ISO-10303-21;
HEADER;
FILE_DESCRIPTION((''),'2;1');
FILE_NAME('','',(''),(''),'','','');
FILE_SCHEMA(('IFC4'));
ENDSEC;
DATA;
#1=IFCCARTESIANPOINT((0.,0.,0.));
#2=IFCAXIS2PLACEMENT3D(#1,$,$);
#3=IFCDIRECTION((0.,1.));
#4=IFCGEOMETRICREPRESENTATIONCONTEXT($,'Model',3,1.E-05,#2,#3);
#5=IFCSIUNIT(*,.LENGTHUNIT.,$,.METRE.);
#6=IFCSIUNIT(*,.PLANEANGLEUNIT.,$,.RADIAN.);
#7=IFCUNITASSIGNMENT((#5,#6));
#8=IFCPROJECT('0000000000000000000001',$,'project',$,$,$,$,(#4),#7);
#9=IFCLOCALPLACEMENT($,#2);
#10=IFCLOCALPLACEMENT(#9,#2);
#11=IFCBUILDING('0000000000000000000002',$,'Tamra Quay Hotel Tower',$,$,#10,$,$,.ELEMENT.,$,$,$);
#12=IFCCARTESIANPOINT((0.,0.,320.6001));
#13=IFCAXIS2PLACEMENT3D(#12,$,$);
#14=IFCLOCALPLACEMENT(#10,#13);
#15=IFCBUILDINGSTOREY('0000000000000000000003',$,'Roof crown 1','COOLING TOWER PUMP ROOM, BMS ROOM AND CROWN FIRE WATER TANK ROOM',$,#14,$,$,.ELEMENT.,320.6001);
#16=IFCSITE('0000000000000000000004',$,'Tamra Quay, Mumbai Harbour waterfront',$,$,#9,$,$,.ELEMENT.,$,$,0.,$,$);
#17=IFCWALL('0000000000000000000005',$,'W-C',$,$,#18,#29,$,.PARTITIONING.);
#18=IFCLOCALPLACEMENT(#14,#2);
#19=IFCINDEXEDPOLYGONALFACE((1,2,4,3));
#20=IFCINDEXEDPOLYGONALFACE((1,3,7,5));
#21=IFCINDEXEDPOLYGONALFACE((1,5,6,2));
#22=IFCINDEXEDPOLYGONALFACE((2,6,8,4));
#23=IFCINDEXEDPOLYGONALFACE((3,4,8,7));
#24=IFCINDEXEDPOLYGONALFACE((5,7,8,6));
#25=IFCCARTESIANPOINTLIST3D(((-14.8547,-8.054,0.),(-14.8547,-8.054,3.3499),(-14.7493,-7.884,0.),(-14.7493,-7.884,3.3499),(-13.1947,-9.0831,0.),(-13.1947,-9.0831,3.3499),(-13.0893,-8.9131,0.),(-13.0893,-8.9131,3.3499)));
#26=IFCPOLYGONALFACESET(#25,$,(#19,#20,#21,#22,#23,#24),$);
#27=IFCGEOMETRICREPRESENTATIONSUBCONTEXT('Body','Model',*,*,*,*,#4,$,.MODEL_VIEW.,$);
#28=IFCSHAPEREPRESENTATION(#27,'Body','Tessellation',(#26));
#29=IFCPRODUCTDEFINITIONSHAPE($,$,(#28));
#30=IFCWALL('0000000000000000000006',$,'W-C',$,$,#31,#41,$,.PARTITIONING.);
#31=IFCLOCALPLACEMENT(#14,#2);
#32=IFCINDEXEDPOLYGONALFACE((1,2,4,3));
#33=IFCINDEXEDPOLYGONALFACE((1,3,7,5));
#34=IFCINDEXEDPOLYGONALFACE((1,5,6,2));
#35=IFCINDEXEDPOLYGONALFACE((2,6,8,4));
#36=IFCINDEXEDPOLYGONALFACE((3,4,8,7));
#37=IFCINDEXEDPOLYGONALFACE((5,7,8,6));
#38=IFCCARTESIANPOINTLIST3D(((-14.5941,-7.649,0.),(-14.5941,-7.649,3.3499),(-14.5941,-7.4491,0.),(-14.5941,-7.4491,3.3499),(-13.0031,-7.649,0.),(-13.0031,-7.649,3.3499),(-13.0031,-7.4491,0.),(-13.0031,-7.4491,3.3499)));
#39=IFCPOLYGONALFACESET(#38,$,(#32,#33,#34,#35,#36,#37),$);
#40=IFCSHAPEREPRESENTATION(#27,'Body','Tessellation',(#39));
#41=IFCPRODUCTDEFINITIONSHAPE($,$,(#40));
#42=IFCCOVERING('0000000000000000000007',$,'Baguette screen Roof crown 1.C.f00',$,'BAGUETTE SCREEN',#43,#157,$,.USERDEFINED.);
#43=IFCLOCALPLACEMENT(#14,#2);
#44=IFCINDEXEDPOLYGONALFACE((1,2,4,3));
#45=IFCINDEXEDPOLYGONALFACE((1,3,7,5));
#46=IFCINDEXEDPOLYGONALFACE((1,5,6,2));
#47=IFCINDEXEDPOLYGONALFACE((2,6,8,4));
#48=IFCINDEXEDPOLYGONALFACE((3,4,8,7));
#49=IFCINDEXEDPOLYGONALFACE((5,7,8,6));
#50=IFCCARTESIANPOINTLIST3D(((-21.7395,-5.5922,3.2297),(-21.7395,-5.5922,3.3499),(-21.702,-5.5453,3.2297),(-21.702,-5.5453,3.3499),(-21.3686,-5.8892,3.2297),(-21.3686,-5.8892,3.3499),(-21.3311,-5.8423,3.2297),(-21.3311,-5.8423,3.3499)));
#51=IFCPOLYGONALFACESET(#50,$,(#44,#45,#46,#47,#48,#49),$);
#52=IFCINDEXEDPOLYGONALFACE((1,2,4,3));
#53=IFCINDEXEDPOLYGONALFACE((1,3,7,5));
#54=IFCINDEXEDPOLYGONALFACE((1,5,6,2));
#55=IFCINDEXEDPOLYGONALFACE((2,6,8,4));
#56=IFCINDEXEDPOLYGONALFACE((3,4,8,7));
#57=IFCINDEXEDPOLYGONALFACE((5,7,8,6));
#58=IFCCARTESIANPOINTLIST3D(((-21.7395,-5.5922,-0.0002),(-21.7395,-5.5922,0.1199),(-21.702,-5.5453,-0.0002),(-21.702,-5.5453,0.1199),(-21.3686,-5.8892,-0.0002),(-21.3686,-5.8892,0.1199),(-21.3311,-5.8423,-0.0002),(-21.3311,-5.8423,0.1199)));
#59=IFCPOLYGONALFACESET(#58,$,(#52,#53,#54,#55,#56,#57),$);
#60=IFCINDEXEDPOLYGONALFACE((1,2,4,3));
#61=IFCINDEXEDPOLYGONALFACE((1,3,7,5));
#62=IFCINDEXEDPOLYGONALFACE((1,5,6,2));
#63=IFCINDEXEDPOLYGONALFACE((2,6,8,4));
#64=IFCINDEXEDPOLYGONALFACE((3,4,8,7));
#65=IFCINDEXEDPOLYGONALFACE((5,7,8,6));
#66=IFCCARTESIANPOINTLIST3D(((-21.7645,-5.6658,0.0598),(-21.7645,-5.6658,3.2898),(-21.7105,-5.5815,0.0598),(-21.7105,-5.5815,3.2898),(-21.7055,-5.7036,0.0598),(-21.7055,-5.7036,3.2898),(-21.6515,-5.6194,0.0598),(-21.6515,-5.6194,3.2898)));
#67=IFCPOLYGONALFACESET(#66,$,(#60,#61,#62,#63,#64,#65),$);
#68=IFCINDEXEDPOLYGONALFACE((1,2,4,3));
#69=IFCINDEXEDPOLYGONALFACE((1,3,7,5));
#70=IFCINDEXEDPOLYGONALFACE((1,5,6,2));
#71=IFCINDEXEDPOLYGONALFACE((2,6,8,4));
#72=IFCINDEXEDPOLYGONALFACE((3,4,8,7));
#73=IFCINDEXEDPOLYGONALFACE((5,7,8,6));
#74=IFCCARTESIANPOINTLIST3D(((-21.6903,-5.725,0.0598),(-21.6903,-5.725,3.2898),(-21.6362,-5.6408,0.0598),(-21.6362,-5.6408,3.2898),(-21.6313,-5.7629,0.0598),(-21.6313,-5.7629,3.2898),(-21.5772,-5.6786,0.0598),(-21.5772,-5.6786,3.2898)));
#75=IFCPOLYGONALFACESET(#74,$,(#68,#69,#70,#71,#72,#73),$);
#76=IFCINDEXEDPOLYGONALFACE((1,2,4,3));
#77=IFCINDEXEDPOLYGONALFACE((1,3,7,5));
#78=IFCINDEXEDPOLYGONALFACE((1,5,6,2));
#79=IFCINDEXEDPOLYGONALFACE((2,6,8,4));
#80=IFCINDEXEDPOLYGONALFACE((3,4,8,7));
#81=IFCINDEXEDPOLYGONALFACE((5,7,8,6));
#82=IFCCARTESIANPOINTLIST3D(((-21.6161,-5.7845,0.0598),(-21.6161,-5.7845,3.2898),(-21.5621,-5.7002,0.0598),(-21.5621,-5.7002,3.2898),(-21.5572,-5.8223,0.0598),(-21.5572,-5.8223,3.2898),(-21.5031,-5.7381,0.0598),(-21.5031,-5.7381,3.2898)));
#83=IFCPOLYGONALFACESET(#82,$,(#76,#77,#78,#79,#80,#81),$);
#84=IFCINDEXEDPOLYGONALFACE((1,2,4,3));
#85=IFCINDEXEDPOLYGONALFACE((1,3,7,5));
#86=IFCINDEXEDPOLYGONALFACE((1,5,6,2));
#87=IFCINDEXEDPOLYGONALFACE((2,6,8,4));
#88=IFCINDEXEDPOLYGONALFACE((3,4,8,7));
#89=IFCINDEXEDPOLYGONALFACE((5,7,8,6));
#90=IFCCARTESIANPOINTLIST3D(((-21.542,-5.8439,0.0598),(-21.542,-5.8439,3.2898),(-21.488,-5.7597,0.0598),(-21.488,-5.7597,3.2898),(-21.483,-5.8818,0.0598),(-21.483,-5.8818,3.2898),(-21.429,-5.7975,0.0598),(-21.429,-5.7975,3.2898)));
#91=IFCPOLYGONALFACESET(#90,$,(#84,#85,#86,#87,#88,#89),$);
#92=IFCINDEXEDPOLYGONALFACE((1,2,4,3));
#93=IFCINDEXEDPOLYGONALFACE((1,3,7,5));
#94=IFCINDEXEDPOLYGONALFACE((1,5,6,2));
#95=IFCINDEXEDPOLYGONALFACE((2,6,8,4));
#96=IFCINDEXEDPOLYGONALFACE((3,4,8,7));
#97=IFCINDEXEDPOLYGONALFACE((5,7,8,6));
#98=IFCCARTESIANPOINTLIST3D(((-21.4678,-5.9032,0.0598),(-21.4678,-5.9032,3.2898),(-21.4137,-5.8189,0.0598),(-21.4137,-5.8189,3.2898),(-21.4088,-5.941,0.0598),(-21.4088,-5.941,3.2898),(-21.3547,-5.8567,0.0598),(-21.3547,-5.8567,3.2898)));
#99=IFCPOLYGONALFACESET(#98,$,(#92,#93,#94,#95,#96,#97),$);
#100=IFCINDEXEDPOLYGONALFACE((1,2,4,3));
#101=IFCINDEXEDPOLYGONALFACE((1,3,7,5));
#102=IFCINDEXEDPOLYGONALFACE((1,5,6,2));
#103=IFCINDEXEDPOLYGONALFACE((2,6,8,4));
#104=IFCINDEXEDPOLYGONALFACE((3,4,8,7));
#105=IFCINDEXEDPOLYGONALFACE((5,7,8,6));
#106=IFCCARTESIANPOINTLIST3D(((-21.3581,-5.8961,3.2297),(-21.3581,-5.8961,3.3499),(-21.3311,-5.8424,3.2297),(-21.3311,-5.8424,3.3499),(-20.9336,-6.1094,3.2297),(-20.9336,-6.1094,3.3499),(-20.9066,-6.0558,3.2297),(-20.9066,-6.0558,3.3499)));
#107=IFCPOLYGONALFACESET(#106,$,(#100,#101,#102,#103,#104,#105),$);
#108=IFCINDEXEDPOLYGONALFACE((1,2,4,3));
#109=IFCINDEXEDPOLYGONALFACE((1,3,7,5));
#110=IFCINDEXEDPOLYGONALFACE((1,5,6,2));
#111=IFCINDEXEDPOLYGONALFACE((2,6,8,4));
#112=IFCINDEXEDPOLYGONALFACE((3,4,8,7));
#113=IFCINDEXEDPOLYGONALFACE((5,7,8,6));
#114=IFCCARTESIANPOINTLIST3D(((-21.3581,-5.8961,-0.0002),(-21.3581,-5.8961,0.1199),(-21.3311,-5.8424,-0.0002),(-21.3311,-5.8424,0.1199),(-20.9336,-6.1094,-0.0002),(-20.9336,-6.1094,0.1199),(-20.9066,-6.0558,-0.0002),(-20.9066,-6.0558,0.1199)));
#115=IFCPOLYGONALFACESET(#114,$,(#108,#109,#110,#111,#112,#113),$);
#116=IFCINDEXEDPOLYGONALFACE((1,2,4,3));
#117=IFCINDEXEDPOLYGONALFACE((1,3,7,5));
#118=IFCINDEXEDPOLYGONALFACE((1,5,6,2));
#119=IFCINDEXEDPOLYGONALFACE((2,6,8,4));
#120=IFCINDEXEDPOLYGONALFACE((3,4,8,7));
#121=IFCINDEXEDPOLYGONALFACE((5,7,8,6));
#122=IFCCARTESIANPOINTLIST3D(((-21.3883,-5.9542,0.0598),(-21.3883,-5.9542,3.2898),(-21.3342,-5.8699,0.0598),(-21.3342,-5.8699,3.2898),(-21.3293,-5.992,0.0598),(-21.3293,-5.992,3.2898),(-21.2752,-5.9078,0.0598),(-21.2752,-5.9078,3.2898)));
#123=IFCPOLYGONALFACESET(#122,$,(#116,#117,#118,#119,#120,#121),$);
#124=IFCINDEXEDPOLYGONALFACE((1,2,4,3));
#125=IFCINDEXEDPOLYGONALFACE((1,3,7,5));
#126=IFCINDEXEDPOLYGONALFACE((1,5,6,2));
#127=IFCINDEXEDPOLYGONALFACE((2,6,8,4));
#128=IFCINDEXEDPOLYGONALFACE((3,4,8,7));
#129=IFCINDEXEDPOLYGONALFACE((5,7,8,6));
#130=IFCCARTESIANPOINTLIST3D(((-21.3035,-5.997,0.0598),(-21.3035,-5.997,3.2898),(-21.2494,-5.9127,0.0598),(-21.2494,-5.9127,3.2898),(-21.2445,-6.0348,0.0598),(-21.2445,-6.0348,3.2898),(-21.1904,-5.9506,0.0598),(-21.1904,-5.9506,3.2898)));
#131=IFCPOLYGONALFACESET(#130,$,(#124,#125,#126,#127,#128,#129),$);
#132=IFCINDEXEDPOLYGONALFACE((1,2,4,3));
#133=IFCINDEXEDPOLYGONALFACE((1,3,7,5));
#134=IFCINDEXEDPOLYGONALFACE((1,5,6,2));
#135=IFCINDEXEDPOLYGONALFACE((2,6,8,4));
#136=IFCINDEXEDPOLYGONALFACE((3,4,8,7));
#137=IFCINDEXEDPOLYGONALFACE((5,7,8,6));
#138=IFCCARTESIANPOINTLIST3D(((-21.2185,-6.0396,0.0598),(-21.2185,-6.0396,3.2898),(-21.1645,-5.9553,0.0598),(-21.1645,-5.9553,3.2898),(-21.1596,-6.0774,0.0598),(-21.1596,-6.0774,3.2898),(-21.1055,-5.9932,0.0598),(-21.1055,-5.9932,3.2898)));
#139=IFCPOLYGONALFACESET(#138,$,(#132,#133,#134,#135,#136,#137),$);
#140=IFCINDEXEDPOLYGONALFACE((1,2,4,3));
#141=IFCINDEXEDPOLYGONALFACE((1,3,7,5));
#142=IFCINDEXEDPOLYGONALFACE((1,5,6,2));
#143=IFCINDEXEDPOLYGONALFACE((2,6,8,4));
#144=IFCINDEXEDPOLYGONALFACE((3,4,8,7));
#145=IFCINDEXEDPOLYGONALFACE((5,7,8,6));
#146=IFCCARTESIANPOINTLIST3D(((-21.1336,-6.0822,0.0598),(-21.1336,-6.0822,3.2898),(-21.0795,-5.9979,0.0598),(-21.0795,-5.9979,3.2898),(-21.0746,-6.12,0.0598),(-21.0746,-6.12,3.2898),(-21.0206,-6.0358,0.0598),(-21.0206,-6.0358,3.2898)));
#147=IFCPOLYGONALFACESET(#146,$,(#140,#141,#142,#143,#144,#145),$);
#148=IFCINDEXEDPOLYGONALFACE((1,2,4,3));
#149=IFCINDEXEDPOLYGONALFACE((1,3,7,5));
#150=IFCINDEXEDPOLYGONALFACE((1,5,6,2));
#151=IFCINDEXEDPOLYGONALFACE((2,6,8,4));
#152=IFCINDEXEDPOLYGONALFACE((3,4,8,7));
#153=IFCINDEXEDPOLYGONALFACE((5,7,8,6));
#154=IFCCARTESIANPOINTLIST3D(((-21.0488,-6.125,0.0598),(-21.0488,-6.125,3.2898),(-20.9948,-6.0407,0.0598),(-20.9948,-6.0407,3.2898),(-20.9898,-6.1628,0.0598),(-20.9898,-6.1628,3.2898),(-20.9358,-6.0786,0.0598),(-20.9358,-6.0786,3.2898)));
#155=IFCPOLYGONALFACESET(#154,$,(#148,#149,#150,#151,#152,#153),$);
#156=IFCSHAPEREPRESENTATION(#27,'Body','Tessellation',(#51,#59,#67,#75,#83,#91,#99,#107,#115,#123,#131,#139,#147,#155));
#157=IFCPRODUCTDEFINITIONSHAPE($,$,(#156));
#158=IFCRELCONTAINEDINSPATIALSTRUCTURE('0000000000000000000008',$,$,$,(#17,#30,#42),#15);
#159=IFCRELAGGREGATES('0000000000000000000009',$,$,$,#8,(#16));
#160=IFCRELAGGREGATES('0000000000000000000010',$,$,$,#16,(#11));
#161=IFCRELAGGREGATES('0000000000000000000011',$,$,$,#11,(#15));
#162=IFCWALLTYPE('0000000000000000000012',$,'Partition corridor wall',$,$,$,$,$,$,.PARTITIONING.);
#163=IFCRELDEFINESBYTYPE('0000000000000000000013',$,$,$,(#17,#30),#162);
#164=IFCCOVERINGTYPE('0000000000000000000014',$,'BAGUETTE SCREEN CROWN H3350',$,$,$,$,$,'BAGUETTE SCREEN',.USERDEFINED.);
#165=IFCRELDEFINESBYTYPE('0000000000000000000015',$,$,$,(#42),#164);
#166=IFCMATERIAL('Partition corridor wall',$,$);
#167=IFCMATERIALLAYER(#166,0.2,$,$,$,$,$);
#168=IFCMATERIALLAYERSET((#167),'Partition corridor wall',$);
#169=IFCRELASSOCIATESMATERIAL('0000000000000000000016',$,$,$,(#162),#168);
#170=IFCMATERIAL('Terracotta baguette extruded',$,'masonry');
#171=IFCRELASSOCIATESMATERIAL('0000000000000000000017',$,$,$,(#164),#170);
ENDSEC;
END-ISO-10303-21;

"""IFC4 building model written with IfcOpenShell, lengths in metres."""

from ifc_helpers import new_model, si_unit, direction, frame, frame_2d, origin, place, context, subcontext, project, spatial, rectangle, extrude, source, transform, mapped, material, layer, layer_set, type_object, element, save


model = new_model("IFC4")

# Units and contexts
model_context = context("Model", 3, precision=1e-05, world=origin(), true_north=direction((0.0, 1.0)))
body_context = subcontext(model_context, "Body", "Model", "MODEL_VIEW")
ifc_project = project(units=[si_unit("LENGTHUNIT", "METRE"), si_unit("PLANEANGLEUNIT", "RADIAN")], contexts=[model_context])

# Site, building, storey
site_placement = place(None, origin())
site = spatial("IfcSite", under=ifc_project, at=site_placement, Name="Tamra Quay, Mumbai Harbour waterfront", CompositionType="ELEMENT", RefElevation=0.0)
building_placement = place(site_placement, origin())
building = spatial("IfcBuilding", under=site, at=building_placement, Name="Tamra Quay Hotel Tower", CompositionType="ELEMENT")
storey_placement = place(building_placement, frame((0.0, 0.0, 320.6001)))
storey = spatial("IfcBuildingStorey", under=building, at=storey_placement, Name="Roof crown 1", Description="COOLING TOWER PUMP ROOM, BMS ROOM AND CROWN FIRE WATER TANK ROOM", CompositionType="ELEMENT", Elevation=320.6001)

# Walls
ifc_material_1 = material(Name="Partition corridor wall")
ifc_layer_1 = layer(ifc_material_1, 0.2)
ifc_layer_set_1 = layer_set([ifc_layer_1], Name="Partition corridor wall")
wall_type_1 = type_object("IfcWallType", Name="Partition corridor wall", PredefinedType="PARTITIONING", material=ifc_layer_set_1)
wall_1_placement = place(storey_placement, frame((-14.802, -7.969, 0.0), z_axis=(0.0, 0.0, 1.0), x_axis=(0.849924, -0.526905, 0.0)))
element("IfcWall", 1, at=wall_1_placement, inside=storey, type_object=wall_type_1, Name="W-C", PredefinedType="PARTITIONING", context=body_context, shape_type="SweptSolid", body=[
    extrude(rectangle(XDim=1.9531, YDim=0.2, at=frame_2d((0.9766, 0.0))), origin(), (0.0, 0.0, 1.0), 3.3499),
])
wall_2_placement = place(storey_placement, frame((-14.594, -7.5491, 0.0), z_axis=(0.0, 0.0, 1.0), x_axis=(1.0, 0.0, 0.0)))
element("IfcWall", 2, at=wall_2_placement, inside=storey, type_object=wall_type_1, Name="W-C", PredefinedType="PARTITIONING", context=body_context, shape_type="SweptSolid", body=[
    extrude(rectangle(XDim=1.5911, YDim=0.2, at=frame_2d((0.7954, 0.0))), origin(), (0.0, 0.0, 1.0), 3.3499),
])

# Covering
ifc_material_2 = material(Name="Terracotta baguette extruded", Category="masonry")
covering_type = type_object("IfcCoveringType", Name="BAGUETTE SCREEN CROWN H3350", ElementType="BAGUETTE SCREEN", PredefinedType="USERDEFINED", material=ifc_material_2)
shared_shape_1 = source(origin(), body_context, "Body", "SweptSolid", [
    extrude(rectangle(XDim=0.4751, YDim=0.0601, at=frame_2d((0.2375, 0.03))), frame((-0.4788, -0.0576, -0.1201), z_axis=(0.0, 0.0, 1.0), x_axis=(0.994522, -0.104528, 0.0)), (0.0, 0.0, 1.0), 0.1201),
    extrude(rectangle(XDim=0.4751, YDim=0.0601, at=frame_2d((0.2375, 0.03))), frame((-0.4788, -0.0576, -3.3501), z_axis=(0.0, 0.0, 1.0), x_axis=(0.994522, -0.104528, 0.0)), (0.0, 0.0, 1.0), 0.1201),
    extrude(rectangle(XDim=0.0701, YDim=0.1001, at=frame_2d((0.0352, 0.05))), frame((-0.4602, -0.1331, -3.29)), (0.0, 0.0, 1.0), 3.23),
    extrude(rectangle(XDim=0.0701, YDim=0.1001, at=frame_2d((0.0352, 0.05))), frame((-0.3657, -0.1428, -3.29)), (0.0, 0.0, 1.0), 3.23),
    extrude(rectangle(XDim=0.0701, YDim=0.1001, at=frame_2d((0.0352, 0.05))), frame((-0.2712, -0.1528, -3.29)), (0.0, 0.0, 1.0), 3.23),
    extrude(rectangle(XDim=0.0701, YDim=0.1001, at=frame_2d((0.0352, 0.05))), frame((-0.1768, -0.1628, -3.29)), (0.0, 0.0, 1.0), 3.23),
    extrude(rectangle(XDim=0.0701, YDim=0.1001, at=frame_2d((0.0352, 0.05))), frame((-0.0823, -0.1726, -3.29)), (0.0, 0.0, 1.0), 3.23),
    extrude(rectangle(XDim=0.4751, YDim=0.0601, at=frame_2d((0.2375, 0.03))), frame((0.0063, -0.1074, -0.1201), z_axis=(0.0, 0.0, 1.0), x_axis=(0.994522, 0.104528, 0.0)), (0.0, 0.0, 1.0), 0.1201),
    extrude(rectangle(XDim=0.4751, YDim=0.0601, at=frame_2d((0.2375, 0.03))), frame((0.0063, -0.1074, -3.3501), z_axis=(0.0, 0.0, 1.0), x_axis=(0.994522, 0.104528, 0.0)), (0.0, 0.0, 1.0), 0.1201),
    extrude(rectangle(XDim=0.0701, YDim=0.1001, at=frame_2d((0.0352, 0.05))), frame((0.0122, -0.1726, -3.29)), (0.0, 0.0, 1.0), 3.23),
    extrude(rectangle(XDim=0.0701, YDim=0.1001, at=frame_2d((0.0352, 0.05))), frame((0.1067, -0.1628, -3.29)), (0.0, 0.0, 1.0), 3.23),
    extrude(rectangle(XDim=0.0701, YDim=0.1001, at=frame_2d((0.0352, 0.05))), frame((0.2012, -0.1528, -3.29)), (0.0, 0.0, 1.0), 3.23),
    extrude(rectangle(XDim=0.0701, YDim=0.1001, at=frame_2d((0.0352, 0.05))), frame((0.2957, -0.1428, -3.29)), (0.0, 0.0, 1.0), 3.23),
    extrude(rectangle(XDim=0.0701, YDim=0.1001, at=frame_2d((0.0352, 0.05))), frame((0.3901, -0.1331, -3.29)), (0.0, 0.0, 1.0), 3.23),
])
covering_1_placement = place(storey_placement, frame((-21.3054, -5.8022, 3.3499), z_axis=(0.0, 0.0, 1.0), x_axis=(0.841665, -0.54, 0.0)))
element("IfcCovering", 3, at=covering_1_placement, inside=storey, type_object=covering_type, Name="Baguette screen Roof crown 1.C.f00", ObjectType="BAGUETTE SCREEN", PredefinedType="USERDEFINED", context=body_context, shape_type="MappedRepresentation", body=[
    mapped(shared_shape_1, transform((0.0, 0.0, 0.0), scale=1.0)),
])

save(model, "model.ifc")
